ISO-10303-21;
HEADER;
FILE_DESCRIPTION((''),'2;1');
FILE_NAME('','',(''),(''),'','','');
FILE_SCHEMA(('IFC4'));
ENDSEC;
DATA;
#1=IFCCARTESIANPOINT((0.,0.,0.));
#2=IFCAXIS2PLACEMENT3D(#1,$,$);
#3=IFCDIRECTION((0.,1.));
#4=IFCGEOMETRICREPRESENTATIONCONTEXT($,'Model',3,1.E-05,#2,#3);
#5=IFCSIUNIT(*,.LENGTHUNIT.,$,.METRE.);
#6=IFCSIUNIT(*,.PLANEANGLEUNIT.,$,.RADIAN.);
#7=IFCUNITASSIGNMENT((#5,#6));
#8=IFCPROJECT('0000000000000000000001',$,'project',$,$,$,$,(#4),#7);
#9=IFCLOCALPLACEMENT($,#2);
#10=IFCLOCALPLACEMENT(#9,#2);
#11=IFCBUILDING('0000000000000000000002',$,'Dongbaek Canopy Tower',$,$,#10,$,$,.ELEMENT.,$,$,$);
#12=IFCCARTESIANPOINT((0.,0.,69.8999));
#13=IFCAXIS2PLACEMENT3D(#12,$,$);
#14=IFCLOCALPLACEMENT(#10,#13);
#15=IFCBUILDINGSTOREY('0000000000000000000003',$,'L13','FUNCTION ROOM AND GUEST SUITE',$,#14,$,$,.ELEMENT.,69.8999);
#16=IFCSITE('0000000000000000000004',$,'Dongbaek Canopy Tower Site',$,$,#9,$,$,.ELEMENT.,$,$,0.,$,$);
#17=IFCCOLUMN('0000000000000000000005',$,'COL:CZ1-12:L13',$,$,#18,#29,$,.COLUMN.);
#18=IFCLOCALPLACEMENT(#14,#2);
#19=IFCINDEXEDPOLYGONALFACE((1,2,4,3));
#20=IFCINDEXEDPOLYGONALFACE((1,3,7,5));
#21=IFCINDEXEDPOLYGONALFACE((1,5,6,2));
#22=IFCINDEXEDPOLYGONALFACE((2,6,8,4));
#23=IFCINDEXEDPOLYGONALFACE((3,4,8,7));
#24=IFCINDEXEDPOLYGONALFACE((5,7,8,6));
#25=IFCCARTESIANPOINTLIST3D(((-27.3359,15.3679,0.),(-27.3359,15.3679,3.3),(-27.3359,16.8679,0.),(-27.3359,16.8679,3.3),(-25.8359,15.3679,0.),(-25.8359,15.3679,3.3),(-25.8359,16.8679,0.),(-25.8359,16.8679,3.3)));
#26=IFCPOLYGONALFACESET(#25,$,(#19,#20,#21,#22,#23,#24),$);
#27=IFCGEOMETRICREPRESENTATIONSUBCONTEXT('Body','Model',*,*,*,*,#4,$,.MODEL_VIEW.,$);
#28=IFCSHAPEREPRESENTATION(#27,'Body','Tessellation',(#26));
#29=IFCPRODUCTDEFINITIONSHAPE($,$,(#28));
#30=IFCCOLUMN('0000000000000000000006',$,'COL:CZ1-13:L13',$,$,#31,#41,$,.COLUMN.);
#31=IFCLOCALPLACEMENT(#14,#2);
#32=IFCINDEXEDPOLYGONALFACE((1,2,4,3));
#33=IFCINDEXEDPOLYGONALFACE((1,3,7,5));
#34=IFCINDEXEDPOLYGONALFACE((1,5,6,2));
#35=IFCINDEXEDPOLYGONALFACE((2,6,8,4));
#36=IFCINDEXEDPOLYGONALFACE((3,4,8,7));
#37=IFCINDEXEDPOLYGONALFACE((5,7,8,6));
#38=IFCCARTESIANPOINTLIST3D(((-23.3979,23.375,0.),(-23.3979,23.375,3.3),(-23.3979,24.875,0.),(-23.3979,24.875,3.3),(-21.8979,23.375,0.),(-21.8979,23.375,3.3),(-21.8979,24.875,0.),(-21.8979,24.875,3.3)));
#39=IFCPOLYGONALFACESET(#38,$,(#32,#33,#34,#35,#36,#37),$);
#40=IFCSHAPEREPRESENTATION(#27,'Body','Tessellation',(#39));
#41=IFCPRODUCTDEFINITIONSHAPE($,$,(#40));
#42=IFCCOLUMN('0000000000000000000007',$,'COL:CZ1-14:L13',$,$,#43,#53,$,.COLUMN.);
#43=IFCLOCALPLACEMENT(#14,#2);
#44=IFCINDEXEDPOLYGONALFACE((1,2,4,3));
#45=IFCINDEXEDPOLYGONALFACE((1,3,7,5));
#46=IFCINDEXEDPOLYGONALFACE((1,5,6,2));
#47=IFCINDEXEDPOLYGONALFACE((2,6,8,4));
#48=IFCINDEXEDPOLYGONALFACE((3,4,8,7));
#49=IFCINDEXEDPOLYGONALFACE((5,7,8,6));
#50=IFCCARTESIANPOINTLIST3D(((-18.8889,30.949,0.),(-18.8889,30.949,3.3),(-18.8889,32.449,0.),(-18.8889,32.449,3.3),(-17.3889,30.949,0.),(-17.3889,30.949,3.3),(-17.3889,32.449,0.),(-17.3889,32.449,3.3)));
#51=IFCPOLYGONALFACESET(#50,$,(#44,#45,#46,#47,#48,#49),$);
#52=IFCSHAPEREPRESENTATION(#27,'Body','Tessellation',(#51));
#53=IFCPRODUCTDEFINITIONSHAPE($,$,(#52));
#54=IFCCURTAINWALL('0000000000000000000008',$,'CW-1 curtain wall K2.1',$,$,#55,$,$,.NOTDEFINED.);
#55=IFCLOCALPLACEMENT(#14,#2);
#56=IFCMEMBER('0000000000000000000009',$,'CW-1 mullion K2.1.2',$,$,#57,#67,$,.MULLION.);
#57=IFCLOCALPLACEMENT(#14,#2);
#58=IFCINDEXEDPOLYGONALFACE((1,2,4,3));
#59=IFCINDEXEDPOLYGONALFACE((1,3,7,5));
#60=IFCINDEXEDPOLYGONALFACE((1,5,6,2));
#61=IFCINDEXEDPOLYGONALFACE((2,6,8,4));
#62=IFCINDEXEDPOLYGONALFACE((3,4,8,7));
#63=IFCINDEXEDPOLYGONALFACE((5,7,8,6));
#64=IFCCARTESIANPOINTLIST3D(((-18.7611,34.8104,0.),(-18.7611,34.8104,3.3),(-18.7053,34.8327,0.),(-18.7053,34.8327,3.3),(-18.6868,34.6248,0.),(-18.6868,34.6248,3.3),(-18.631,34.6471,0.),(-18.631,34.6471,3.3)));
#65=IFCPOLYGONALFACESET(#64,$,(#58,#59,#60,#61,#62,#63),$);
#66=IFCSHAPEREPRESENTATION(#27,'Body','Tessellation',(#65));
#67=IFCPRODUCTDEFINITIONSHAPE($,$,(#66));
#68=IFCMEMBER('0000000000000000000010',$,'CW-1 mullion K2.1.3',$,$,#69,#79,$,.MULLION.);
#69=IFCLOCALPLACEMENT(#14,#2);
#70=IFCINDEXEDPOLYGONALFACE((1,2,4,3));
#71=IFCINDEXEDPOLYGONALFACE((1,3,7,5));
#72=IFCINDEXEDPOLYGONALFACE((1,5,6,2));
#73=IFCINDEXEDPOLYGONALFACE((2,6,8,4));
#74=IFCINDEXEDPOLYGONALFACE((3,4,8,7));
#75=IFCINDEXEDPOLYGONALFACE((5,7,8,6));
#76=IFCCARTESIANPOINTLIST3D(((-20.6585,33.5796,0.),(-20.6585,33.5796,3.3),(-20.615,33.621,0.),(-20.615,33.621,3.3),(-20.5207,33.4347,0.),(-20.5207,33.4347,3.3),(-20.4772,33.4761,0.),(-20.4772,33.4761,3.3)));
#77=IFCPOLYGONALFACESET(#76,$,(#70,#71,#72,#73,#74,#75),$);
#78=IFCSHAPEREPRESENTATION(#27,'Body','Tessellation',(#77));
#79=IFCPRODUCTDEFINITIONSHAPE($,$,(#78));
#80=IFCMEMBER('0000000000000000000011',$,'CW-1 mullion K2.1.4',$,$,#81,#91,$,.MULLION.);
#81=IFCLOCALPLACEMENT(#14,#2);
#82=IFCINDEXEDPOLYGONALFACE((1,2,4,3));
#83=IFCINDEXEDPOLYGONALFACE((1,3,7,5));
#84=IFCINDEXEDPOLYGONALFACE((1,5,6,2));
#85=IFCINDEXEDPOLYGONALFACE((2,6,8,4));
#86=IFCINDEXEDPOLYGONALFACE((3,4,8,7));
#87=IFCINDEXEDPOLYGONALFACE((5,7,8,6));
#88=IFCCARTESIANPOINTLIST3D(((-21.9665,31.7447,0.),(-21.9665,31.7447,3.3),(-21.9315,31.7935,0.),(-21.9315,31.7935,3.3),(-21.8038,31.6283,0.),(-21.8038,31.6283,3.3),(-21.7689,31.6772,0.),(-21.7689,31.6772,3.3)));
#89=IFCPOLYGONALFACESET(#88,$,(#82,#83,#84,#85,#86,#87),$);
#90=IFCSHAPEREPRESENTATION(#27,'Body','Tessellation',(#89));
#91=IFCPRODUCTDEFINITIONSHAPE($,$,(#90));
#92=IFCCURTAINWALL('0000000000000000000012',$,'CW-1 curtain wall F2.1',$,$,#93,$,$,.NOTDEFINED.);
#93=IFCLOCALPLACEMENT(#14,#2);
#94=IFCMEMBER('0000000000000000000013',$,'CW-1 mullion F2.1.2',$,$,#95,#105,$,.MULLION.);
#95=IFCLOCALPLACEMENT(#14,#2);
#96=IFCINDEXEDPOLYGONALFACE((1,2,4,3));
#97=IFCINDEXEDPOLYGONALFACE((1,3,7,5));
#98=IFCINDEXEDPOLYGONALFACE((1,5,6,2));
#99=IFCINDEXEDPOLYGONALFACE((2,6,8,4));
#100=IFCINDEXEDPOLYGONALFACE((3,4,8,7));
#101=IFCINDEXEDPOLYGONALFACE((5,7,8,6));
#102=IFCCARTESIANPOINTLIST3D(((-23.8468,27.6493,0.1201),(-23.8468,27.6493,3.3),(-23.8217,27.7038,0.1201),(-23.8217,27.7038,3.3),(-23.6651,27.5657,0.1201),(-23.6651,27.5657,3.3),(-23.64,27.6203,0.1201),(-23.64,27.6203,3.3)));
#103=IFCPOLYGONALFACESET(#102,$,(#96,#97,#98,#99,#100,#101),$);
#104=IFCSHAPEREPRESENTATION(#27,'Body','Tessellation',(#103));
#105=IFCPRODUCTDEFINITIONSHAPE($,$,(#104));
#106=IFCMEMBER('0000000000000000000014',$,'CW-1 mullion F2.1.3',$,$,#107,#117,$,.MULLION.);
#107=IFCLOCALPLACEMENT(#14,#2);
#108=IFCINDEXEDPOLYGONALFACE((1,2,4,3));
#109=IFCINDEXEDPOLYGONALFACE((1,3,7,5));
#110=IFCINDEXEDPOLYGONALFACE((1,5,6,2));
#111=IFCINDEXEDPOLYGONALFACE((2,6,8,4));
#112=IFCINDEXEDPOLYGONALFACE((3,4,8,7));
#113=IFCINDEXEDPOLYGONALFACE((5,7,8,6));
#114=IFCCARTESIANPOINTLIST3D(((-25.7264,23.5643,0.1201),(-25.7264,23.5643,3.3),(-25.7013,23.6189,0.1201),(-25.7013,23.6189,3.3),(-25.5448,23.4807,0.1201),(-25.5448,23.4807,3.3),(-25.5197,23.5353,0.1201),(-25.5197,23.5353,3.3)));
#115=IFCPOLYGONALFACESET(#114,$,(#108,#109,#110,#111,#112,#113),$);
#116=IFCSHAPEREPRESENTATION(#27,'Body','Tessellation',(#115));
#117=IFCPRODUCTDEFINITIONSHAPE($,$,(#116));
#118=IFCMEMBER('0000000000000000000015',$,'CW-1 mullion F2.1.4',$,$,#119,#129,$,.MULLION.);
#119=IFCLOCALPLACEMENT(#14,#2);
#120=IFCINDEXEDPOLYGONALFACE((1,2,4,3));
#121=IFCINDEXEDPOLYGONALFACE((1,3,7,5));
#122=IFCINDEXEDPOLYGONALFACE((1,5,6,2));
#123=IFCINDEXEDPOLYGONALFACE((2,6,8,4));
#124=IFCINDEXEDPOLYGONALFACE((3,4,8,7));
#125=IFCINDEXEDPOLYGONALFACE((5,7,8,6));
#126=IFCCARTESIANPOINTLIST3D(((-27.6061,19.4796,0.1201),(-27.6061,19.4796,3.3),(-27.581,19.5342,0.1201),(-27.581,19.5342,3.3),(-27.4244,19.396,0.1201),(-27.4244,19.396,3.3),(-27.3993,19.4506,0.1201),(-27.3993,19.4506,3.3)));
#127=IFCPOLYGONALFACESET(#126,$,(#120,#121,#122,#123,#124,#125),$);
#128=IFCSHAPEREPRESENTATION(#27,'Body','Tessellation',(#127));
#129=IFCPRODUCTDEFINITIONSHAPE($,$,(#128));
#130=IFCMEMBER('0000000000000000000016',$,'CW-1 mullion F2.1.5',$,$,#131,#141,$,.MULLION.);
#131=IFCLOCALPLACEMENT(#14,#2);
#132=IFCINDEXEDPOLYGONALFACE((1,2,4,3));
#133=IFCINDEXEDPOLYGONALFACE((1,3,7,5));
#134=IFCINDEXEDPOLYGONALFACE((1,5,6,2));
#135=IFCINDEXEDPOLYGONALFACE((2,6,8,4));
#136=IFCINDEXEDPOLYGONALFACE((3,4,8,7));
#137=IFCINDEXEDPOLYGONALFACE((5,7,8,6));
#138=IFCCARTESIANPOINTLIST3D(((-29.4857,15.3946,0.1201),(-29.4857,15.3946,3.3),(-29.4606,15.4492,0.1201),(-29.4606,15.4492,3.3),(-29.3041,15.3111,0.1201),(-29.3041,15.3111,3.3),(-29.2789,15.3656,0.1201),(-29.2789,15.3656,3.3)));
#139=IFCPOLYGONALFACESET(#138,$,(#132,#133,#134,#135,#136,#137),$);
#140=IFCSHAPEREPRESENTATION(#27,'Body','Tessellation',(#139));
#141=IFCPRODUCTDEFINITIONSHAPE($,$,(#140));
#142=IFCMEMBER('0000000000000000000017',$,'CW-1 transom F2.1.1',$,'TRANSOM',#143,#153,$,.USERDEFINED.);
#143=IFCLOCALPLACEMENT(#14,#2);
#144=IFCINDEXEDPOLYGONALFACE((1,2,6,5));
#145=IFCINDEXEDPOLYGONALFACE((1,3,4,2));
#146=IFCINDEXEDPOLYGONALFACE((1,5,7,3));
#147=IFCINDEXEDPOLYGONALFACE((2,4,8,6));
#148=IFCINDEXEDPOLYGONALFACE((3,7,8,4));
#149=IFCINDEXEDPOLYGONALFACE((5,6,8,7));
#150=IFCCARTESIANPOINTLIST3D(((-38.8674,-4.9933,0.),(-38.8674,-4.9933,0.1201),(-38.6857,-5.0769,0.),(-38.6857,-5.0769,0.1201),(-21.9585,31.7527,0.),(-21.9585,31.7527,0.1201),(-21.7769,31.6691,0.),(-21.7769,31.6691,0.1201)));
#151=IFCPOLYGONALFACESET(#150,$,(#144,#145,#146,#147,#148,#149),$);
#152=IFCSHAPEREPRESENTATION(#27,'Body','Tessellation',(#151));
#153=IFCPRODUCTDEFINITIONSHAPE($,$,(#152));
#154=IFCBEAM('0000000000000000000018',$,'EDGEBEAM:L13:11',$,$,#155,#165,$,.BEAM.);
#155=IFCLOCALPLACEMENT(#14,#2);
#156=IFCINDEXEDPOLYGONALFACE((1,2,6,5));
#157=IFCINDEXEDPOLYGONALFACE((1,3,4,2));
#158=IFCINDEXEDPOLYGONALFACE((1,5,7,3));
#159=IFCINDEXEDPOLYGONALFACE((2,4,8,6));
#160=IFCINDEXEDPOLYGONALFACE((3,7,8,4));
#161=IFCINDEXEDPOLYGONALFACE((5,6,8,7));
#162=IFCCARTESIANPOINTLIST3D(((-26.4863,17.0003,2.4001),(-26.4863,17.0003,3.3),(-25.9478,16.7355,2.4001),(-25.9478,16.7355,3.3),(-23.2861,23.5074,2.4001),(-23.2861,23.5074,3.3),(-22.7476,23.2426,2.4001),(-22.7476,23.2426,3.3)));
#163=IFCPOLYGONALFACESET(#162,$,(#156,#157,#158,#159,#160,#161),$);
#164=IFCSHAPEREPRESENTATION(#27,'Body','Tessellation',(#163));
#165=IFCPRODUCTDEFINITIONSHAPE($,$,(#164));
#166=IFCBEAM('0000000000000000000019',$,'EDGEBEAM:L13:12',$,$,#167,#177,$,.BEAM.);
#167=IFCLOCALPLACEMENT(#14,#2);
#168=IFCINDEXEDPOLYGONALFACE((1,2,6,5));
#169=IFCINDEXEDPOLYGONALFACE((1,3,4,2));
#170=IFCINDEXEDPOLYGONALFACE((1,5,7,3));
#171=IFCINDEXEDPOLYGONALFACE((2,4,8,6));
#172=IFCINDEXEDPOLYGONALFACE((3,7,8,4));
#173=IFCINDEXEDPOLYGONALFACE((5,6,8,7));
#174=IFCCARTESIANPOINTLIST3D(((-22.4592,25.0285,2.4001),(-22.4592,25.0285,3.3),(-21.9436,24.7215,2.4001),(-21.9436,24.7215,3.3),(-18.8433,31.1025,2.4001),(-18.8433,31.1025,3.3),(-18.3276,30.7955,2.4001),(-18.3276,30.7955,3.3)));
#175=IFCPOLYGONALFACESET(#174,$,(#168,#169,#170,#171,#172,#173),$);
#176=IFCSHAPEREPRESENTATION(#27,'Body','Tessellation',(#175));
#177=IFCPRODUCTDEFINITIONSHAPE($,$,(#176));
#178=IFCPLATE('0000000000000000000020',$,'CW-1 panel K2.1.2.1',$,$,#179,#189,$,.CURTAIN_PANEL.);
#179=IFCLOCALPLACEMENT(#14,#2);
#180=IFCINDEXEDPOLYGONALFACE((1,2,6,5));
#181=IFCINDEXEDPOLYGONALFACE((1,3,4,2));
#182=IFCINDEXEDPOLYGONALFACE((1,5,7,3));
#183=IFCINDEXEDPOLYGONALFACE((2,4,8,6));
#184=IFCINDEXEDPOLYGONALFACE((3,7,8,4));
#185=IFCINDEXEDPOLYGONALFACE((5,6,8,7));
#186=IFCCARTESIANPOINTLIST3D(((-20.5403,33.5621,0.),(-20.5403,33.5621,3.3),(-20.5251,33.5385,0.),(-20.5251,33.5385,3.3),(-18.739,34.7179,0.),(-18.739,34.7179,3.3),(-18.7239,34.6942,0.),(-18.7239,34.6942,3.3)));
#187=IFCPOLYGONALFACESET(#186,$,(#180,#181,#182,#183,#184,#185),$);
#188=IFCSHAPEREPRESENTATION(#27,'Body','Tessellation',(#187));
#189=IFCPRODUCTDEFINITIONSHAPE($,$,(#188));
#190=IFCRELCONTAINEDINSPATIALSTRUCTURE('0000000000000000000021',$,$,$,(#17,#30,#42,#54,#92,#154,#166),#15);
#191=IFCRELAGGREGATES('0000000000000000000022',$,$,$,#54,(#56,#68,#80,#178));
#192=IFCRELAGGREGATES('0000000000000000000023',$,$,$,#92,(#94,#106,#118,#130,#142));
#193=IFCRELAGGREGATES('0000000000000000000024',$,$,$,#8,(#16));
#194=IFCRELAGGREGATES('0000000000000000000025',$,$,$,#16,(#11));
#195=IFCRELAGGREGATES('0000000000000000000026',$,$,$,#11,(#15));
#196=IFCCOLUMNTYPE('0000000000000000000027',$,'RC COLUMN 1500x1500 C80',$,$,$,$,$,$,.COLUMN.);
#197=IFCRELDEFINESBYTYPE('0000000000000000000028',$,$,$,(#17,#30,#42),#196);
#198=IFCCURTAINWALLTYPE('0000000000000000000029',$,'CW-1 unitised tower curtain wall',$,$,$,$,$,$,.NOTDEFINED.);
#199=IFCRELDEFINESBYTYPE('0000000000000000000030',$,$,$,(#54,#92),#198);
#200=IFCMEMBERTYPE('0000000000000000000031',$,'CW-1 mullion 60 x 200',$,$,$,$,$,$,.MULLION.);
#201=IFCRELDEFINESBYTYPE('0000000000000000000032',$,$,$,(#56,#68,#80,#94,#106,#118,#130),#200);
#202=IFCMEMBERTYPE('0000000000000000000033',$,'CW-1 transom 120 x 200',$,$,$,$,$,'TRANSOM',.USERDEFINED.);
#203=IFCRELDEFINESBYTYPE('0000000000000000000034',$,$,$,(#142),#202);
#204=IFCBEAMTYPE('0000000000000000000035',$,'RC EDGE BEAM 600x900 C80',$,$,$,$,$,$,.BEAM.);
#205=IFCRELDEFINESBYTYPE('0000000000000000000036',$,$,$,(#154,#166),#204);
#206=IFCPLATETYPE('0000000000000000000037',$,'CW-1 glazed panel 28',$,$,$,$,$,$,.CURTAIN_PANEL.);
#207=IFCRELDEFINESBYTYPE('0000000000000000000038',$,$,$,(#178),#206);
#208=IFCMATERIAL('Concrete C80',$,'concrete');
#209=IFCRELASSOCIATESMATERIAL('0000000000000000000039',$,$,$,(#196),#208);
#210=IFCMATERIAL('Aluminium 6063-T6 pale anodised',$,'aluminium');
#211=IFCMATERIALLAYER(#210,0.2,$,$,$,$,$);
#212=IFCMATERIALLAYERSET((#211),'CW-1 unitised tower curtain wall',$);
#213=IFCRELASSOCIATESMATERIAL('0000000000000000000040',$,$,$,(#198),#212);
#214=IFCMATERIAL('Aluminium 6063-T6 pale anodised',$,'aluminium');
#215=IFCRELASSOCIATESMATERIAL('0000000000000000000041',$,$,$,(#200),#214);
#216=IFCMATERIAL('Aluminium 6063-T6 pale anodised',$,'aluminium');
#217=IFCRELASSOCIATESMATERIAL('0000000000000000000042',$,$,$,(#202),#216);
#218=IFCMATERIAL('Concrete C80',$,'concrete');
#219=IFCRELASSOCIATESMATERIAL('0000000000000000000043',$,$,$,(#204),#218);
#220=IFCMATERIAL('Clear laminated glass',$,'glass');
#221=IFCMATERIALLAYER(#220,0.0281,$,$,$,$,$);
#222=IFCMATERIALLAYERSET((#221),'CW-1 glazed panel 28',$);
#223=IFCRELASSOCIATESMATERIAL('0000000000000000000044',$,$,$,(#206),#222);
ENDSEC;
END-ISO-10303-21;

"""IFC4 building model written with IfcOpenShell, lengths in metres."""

from ifc_helpers import new_model, si_unit, direction, frame, origin, origin_2d, place, context, subcontext, project, spatial, rectangle, extrude, material, layer, layer_set, material_profile, profile_set, type_object, element, aggregate, save


model = new_model("IFC4")

# Units and contexts
model_context = context("Model", 3, precision=1e-05, world=origin(), true_north=direction((0.0, 1.0)))
body_context = subcontext(model_context, "Body", "Model", "MODEL_VIEW")
ifc_project = project(units=[si_unit("LENGTHUNIT", "METRE"), si_unit("PLANEANGLEUNIT", "RADIAN")], contexts=[model_context])

# Site, building, storey
site_placement = place(None, origin())
site = spatial("IfcSite", under=ifc_project, at=site_placement, Name="Dongbaek Canopy Tower Site", CompositionType="ELEMENT", RefElevation=0.0)
building_placement = place(site_placement, origin())
building = spatial("IfcBuilding", under=site, at=building_placement, Name="Dongbaek Canopy Tower", CompositionType="ELEMENT")
storey_placement = place(building_placement, frame((0.0, 0.0, 69.8999)))
storey = spatial("IfcBuildingStorey", under=building, at=storey_placement, Name="L13", Description="FUNCTION ROOM AND GUEST SUITE", CompositionType="ELEMENT", Elevation=69.8999)

# Columns
ifc_material_1 = material(Name="Concrete C80", Category="concrete")
ifc_material_profile_1 = material_profile(ifc_material_1, rectangle(XDim=1.5, YDim=1.5, at=origin_2d()), Name="RC COLUMN 1500x1500 C80")
ifc_profile_set_1 = profile_set([ifc_material_profile_1], Name="Concrete C80")
column_type = type_object("IfcColumnType", Name="RC COLUMN 1500x1500 C80", PredefinedType="COLUMN", material=ifc_profile_set_1)
for number, where, z_axis, x_axis, name in (
    (1, (-26.5859, 16.1179, 0.0), (0.0, 0.0, 1.0), (1.0, 0.0, 0.0), "COL:CZ1-12:L13"),
    (2, (-22.6479, 24.125, 0.0), (0.0, 0.0, 1.0), (1.0, 0.0, 0.0), "COL:CZ1-13:L13"),
    (3, (-18.1389, 31.699, 0.0), (0.0, 0.0, 1.0), (1.0, 0.0, 0.0), "COL:CZ1-14:L13"),
):
    element("IfcColumn", number, at=place(storey_placement, frame(where, z_axis=z_axis, x_axis=x_axis)), inside=storey, type_object=column_type, Name=name, PredefinedType="COLUMN", context=body_context, shape_type="SweptSolid", body=[
        extrude(rectangle(XDim=1.5, YDim=1.5, at=origin_2d()), origin(), (0.0, 0.0, 1.0), 3.3),
    ])

# Curtain walls, members
ifc_material_2 = material(Name="Aluminium 6063-T6 pale anodised", Category="aluminium")
ifc_layer_1 = layer(ifc_material_2, 0.2)
ifc_layer_set_1 = layer_set([ifc_layer_1], Name="CW-1 unitised tower curtain wall")
curtain_wall_type = type_object("IfcCurtainWallType", Name="CW-1 unitised tower curtain wall", PredefinedType="NOTDEFINED", material=ifc_layer_set_1)
curtain_wall_1_placement = place(storey_placement, origin())
curtain_wall_1 = element("IfcCurtainWall", 4, at=curtain_wall_1_placement, inside=storey, type_object=curtain_wall_type, Name="CW-1 curtain wall K2.1", PredefinedType="NOTDEFINED")
ifc_material_3 = material(Name="Aluminium 6063-T6 pale anodised", Category="aluminium")
ifc_material_profile_2 = material_profile(ifc_material_3, rectangle(XDim=0.2, YDim=0.0601, at=origin_2d()), Name="CW-1 mullion 60 x 200")
ifc_profile_set_2 = profile_set([ifc_material_profile_2], Name="Aluminium 6063-T6 pale anodised")
member_type_1 = type_object("IfcMemberType", Name="CW-1 mullion 60 x 200", PredefinedType="MULLION", material=ifc_profile_set_2)
member_1_placement = place(storey_placement, frame((-18.696, 34.7288, 0.0), z_axis=(0.0, 0.0, 1.0), x_axis=(-0.371662, 0.928368, 0.0)))
member_1 = element("IfcMember", 5, at=member_1_placement, type_object=member_type_1, Name="CW-1 mullion K2.1.2", PredefinedType="MULLION", context=body_context, shape_type="SweptSolid", body=[
    extrude(rectangle(XDim=0.2, YDim=0.0601, at=origin_2d()), origin(), (0.0, 0.0, 1.0), 3.3),
])
member_2_placement = place(storey_placement, frame((-20.5679, 33.5278, 0.0), z_axis=(0.0, 0.0, 1.0), x_axis=(-0.689039, 0.724724, 0.0)))
member_2 = element("IfcMember", 6, at=member_2_placement, type_object=member_type_1, Name="CW-1 mullion K2.1.3", PredefinedType="MULLION", context=body_context, shape_type="SweptSolid", body=[
    extrude(rectangle(XDim=0.2, YDim=0.0601, at=origin_2d()), origin(), (0.0, 0.0, 1.0), 3.3),
])
member_3_placement = place(storey_placement, frame((-21.8677, 31.7109, 0.0), z_axis=(0.0, 0.0, 1.0), x_axis=(-0.813325, 0.58181, 0.0)))
member_3 = element("IfcMember", 7, at=member_3_placement, type_object=member_type_1, Name="CW-1 mullion K2.1.4", PredefinedType="MULLION", context=body_context, shape_type="SweptSolid", body=[
    extrude(rectangle(XDim=0.2, YDim=0.0601, at=origin_2d()), origin(), (0.0, 0.0, 1.0), 3.3),
])
curtain_wall_2_placement = place(storey_placement, origin())
curtain_wall_2 = element("IfcCurtainWall", 8, at=curtain_wall_2_placement, inside=storey, type_object=curtain_wall_type, Name="CW-1 curtain wall F2.1", PredefinedType="NOTDEFINED")
member_4_placement = place(storey_placement, frame((-23.7434, 27.6348, 0.1201), z_axis=(0.0, 0.0, 1.0), x_axis=(-0.908436, 0.418025, 0.0)))
member_4 = element("IfcMember", 9, at=member_4_placement, type_object=member_type_1, Name="CW-1 mullion F2.1.2", PredefinedType="MULLION", context=body_context, shape_type="SweptSolid", body=[
    extrude(rectangle(XDim=0.2, YDim=0.0601, at=origin_2d()), origin(), (0.0, 0.0, 1.0), 3.1799),
])
member_5_placement = place(storey_placement, frame((-25.623, 23.5498, 0.1201), z_axis=(0.0, 0.0, 1.0), x_axis=(-0.908436, 0.418025, 0.0)))
member_5 = element("IfcMember", 10, at=member_5_placement, type_object=member_type_1, Name="CW-1 mullion F2.1.3", PredefinedType="MULLION", context=body_context, shape_type="SweptSolid", body=[
    extrude(rectangle(XDim=0.2, YDim=0.0601, at=origin_2d()), origin(), (0.0, 0.0, 1.0), 3.1799),
])
member_6_placement = place(storey_placement, frame((-27.5027, 19.4651, 0.1201), z_axis=(0.0, 0.0, 1.0), x_axis=(-0.908436, 0.418025, 0.0)))
member_6 = element("IfcMember", 11, at=member_6_placement, type_object=member_type_1, Name="CW-1 mullion F2.1.4", PredefinedType="MULLION", context=body_context, shape_type="SweptSolid", body=[
    extrude(rectangle(XDim=0.2, YDim=0.0601, at=origin_2d()), origin(), (0.0, 0.0, 1.0), 3.1799),
])
member_7_placement = place(storey_placement, frame((-29.3823, 15.3801, 0.1201), z_axis=(0.0, 0.0, 1.0), x_axis=(-0.908436, 0.418025, 0.0)))
member_7 = element("IfcMember", 12, at=member_7_placement, type_object=member_type_1, Name="CW-1 mullion F2.1.5", PredefinedType="MULLION", context=body_context, shape_type="SweptSolid", body=[
    extrude(rectangle(XDim=0.2, YDim=0.0601, at=origin_2d()), origin(), (0.0, 0.0, 1.0), 3.1799),
])
ifc_material_4 = material(Name="Aluminium 6063-T6 pale anodised", Category="aluminium")
ifc_material_profile_3 = material_profile(ifc_material_4, rectangle(XDim=0.2, YDim=0.1201, at=origin_2d()), Name="CW-1 transom 120 x 200")
ifc_profile_set_3 = profile_set([ifc_material_profile_3], Name="Aluminium 6063-T6 pale anodised")
member_type_2 = type_object("IfcMemberType", Name="CW-1 transom 120 x 200", ElementType="TRANSOM", PredefinedType="USERDEFINED", material=ifc_profile_set_3)
member_8_placement = place(storey_placement, frame((-21.8677, 31.7109, 0.0601), z_axis=(-0.418023, -0.908437, 0.0), x_axis=(0.908437, -0.418023, 0.0)))
member_8 = element("IfcMember", 13, at=member_8_placement, type_object=member_type_2, Name="CW-1 transom F2.1.1", ObjectType="TRANSOM", PredefinedType="USERDEFINED", context=body_context, shape_type="SweptSolid", body=[
    extrude(rectangle(XDim=0.2, YDim=0.1201, at=origin_2d()), origin(), (0.0, 0.0, 1.0), 40.4497),
])

# Beams
ifc_material_5 = material(Name="Concrete C80", Category="concrete")
ifc_material_profile_4 = material_profile(ifc_material_5, rectangle(XDim=0.6001, YDim=0.8999, at=origin_2d()), Name="RC EDGE BEAM 600x900 C80")
ifc_profile_set_4 = profile_set([ifc_material_profile_4], Name="Concrete C80")
beam_type = type_object("IfcBeamType", Name="RC EDGE BEAM 600x900 C80", PredefinedType="BEAM", material=ifc_profile_set_4)
beam_1_placement = place(storey_placement, frame((-26.217, 16.8679, 2.8501), z_axis=(0.441319, 0.89735, 0.0), x_axis=(-0.89735, 0.441319, 0.0)))
element("IfcBeam", 14, at=beam_1_placement, inside=storey, type_object=beam_type, Name="EDGEBEAM:L13:11", PredefinedType="BEAM", context=body_context, shape_type="SweptSolid", body=[
    extrude(rectangle(XDim=0.6001, YDim=0.8999, at=origin_2d()), origin(), (0.0, 0.0, 1.0), 7.2515),
])
beam_2_placement = place(storey_placement, frame((-22.2014, 24.875, 2.8501), z_axis=(0.511537, 0.859261, 0.0), x_axis=(-0.859261, 0.511537, 0.0)))
element("IfcBeam", 15, at=beam_2_placement, inside=storey, type_object=beam_type, Name="EDGEBEAM:L13:12", PredefinedType="BEAM", context=body_context, shape_type="SweptSolid", body=[
    extrude(rectangle(XDim=0.6001, YDim=0.8999, at=origin_2d()), origin(), (0.0, 0.0, 1.0), 7.0688),
])

# Plate
ifc_material_6 = material(Name="Clear laminated glass", Category="glass")
ifc_layer_2 = layer(ifc_material_6, 0.0281)
ifc_layer_set_2 = layer_set([ifc_layer_2], Name="CW-1 glazed panel 28")
plate_type = type_object("IfcPlateType", Name="CW-1 glazed panel 28", PredefinedType="CURTAIN_PANEL", material=ifc_layer_set_2)
plate_1_placement = place(storey_placement, frame((-19.6321, 34.1282, 0.0), z_axis=(0.0, 0.0, 1.0), x_axis=(-0.841642, -0.540036, 0.0)))
plate_1 = element("IfcPlate", 16, at=plate_1_placement, type_object=plate_type, Name="CW-1 panel K2.1.2.1", PredefinedType="CURTAIN_PANEL", context=body_context, shape_type="SweptSolid", body=[
    extrude(rectangle(XDim=2.1401, YDim=0.0281, at=origin_2d()), origin(), (0.0, 0.0, 1.0), 3.3),
])
aggregate(curtain_wall_1, [member_1, member_2, member_3, plate_1])

aggregate(curtain_wall_2, [member_4, member_5, member_6, member_7, member_8])

save(model, "model.ifc")
